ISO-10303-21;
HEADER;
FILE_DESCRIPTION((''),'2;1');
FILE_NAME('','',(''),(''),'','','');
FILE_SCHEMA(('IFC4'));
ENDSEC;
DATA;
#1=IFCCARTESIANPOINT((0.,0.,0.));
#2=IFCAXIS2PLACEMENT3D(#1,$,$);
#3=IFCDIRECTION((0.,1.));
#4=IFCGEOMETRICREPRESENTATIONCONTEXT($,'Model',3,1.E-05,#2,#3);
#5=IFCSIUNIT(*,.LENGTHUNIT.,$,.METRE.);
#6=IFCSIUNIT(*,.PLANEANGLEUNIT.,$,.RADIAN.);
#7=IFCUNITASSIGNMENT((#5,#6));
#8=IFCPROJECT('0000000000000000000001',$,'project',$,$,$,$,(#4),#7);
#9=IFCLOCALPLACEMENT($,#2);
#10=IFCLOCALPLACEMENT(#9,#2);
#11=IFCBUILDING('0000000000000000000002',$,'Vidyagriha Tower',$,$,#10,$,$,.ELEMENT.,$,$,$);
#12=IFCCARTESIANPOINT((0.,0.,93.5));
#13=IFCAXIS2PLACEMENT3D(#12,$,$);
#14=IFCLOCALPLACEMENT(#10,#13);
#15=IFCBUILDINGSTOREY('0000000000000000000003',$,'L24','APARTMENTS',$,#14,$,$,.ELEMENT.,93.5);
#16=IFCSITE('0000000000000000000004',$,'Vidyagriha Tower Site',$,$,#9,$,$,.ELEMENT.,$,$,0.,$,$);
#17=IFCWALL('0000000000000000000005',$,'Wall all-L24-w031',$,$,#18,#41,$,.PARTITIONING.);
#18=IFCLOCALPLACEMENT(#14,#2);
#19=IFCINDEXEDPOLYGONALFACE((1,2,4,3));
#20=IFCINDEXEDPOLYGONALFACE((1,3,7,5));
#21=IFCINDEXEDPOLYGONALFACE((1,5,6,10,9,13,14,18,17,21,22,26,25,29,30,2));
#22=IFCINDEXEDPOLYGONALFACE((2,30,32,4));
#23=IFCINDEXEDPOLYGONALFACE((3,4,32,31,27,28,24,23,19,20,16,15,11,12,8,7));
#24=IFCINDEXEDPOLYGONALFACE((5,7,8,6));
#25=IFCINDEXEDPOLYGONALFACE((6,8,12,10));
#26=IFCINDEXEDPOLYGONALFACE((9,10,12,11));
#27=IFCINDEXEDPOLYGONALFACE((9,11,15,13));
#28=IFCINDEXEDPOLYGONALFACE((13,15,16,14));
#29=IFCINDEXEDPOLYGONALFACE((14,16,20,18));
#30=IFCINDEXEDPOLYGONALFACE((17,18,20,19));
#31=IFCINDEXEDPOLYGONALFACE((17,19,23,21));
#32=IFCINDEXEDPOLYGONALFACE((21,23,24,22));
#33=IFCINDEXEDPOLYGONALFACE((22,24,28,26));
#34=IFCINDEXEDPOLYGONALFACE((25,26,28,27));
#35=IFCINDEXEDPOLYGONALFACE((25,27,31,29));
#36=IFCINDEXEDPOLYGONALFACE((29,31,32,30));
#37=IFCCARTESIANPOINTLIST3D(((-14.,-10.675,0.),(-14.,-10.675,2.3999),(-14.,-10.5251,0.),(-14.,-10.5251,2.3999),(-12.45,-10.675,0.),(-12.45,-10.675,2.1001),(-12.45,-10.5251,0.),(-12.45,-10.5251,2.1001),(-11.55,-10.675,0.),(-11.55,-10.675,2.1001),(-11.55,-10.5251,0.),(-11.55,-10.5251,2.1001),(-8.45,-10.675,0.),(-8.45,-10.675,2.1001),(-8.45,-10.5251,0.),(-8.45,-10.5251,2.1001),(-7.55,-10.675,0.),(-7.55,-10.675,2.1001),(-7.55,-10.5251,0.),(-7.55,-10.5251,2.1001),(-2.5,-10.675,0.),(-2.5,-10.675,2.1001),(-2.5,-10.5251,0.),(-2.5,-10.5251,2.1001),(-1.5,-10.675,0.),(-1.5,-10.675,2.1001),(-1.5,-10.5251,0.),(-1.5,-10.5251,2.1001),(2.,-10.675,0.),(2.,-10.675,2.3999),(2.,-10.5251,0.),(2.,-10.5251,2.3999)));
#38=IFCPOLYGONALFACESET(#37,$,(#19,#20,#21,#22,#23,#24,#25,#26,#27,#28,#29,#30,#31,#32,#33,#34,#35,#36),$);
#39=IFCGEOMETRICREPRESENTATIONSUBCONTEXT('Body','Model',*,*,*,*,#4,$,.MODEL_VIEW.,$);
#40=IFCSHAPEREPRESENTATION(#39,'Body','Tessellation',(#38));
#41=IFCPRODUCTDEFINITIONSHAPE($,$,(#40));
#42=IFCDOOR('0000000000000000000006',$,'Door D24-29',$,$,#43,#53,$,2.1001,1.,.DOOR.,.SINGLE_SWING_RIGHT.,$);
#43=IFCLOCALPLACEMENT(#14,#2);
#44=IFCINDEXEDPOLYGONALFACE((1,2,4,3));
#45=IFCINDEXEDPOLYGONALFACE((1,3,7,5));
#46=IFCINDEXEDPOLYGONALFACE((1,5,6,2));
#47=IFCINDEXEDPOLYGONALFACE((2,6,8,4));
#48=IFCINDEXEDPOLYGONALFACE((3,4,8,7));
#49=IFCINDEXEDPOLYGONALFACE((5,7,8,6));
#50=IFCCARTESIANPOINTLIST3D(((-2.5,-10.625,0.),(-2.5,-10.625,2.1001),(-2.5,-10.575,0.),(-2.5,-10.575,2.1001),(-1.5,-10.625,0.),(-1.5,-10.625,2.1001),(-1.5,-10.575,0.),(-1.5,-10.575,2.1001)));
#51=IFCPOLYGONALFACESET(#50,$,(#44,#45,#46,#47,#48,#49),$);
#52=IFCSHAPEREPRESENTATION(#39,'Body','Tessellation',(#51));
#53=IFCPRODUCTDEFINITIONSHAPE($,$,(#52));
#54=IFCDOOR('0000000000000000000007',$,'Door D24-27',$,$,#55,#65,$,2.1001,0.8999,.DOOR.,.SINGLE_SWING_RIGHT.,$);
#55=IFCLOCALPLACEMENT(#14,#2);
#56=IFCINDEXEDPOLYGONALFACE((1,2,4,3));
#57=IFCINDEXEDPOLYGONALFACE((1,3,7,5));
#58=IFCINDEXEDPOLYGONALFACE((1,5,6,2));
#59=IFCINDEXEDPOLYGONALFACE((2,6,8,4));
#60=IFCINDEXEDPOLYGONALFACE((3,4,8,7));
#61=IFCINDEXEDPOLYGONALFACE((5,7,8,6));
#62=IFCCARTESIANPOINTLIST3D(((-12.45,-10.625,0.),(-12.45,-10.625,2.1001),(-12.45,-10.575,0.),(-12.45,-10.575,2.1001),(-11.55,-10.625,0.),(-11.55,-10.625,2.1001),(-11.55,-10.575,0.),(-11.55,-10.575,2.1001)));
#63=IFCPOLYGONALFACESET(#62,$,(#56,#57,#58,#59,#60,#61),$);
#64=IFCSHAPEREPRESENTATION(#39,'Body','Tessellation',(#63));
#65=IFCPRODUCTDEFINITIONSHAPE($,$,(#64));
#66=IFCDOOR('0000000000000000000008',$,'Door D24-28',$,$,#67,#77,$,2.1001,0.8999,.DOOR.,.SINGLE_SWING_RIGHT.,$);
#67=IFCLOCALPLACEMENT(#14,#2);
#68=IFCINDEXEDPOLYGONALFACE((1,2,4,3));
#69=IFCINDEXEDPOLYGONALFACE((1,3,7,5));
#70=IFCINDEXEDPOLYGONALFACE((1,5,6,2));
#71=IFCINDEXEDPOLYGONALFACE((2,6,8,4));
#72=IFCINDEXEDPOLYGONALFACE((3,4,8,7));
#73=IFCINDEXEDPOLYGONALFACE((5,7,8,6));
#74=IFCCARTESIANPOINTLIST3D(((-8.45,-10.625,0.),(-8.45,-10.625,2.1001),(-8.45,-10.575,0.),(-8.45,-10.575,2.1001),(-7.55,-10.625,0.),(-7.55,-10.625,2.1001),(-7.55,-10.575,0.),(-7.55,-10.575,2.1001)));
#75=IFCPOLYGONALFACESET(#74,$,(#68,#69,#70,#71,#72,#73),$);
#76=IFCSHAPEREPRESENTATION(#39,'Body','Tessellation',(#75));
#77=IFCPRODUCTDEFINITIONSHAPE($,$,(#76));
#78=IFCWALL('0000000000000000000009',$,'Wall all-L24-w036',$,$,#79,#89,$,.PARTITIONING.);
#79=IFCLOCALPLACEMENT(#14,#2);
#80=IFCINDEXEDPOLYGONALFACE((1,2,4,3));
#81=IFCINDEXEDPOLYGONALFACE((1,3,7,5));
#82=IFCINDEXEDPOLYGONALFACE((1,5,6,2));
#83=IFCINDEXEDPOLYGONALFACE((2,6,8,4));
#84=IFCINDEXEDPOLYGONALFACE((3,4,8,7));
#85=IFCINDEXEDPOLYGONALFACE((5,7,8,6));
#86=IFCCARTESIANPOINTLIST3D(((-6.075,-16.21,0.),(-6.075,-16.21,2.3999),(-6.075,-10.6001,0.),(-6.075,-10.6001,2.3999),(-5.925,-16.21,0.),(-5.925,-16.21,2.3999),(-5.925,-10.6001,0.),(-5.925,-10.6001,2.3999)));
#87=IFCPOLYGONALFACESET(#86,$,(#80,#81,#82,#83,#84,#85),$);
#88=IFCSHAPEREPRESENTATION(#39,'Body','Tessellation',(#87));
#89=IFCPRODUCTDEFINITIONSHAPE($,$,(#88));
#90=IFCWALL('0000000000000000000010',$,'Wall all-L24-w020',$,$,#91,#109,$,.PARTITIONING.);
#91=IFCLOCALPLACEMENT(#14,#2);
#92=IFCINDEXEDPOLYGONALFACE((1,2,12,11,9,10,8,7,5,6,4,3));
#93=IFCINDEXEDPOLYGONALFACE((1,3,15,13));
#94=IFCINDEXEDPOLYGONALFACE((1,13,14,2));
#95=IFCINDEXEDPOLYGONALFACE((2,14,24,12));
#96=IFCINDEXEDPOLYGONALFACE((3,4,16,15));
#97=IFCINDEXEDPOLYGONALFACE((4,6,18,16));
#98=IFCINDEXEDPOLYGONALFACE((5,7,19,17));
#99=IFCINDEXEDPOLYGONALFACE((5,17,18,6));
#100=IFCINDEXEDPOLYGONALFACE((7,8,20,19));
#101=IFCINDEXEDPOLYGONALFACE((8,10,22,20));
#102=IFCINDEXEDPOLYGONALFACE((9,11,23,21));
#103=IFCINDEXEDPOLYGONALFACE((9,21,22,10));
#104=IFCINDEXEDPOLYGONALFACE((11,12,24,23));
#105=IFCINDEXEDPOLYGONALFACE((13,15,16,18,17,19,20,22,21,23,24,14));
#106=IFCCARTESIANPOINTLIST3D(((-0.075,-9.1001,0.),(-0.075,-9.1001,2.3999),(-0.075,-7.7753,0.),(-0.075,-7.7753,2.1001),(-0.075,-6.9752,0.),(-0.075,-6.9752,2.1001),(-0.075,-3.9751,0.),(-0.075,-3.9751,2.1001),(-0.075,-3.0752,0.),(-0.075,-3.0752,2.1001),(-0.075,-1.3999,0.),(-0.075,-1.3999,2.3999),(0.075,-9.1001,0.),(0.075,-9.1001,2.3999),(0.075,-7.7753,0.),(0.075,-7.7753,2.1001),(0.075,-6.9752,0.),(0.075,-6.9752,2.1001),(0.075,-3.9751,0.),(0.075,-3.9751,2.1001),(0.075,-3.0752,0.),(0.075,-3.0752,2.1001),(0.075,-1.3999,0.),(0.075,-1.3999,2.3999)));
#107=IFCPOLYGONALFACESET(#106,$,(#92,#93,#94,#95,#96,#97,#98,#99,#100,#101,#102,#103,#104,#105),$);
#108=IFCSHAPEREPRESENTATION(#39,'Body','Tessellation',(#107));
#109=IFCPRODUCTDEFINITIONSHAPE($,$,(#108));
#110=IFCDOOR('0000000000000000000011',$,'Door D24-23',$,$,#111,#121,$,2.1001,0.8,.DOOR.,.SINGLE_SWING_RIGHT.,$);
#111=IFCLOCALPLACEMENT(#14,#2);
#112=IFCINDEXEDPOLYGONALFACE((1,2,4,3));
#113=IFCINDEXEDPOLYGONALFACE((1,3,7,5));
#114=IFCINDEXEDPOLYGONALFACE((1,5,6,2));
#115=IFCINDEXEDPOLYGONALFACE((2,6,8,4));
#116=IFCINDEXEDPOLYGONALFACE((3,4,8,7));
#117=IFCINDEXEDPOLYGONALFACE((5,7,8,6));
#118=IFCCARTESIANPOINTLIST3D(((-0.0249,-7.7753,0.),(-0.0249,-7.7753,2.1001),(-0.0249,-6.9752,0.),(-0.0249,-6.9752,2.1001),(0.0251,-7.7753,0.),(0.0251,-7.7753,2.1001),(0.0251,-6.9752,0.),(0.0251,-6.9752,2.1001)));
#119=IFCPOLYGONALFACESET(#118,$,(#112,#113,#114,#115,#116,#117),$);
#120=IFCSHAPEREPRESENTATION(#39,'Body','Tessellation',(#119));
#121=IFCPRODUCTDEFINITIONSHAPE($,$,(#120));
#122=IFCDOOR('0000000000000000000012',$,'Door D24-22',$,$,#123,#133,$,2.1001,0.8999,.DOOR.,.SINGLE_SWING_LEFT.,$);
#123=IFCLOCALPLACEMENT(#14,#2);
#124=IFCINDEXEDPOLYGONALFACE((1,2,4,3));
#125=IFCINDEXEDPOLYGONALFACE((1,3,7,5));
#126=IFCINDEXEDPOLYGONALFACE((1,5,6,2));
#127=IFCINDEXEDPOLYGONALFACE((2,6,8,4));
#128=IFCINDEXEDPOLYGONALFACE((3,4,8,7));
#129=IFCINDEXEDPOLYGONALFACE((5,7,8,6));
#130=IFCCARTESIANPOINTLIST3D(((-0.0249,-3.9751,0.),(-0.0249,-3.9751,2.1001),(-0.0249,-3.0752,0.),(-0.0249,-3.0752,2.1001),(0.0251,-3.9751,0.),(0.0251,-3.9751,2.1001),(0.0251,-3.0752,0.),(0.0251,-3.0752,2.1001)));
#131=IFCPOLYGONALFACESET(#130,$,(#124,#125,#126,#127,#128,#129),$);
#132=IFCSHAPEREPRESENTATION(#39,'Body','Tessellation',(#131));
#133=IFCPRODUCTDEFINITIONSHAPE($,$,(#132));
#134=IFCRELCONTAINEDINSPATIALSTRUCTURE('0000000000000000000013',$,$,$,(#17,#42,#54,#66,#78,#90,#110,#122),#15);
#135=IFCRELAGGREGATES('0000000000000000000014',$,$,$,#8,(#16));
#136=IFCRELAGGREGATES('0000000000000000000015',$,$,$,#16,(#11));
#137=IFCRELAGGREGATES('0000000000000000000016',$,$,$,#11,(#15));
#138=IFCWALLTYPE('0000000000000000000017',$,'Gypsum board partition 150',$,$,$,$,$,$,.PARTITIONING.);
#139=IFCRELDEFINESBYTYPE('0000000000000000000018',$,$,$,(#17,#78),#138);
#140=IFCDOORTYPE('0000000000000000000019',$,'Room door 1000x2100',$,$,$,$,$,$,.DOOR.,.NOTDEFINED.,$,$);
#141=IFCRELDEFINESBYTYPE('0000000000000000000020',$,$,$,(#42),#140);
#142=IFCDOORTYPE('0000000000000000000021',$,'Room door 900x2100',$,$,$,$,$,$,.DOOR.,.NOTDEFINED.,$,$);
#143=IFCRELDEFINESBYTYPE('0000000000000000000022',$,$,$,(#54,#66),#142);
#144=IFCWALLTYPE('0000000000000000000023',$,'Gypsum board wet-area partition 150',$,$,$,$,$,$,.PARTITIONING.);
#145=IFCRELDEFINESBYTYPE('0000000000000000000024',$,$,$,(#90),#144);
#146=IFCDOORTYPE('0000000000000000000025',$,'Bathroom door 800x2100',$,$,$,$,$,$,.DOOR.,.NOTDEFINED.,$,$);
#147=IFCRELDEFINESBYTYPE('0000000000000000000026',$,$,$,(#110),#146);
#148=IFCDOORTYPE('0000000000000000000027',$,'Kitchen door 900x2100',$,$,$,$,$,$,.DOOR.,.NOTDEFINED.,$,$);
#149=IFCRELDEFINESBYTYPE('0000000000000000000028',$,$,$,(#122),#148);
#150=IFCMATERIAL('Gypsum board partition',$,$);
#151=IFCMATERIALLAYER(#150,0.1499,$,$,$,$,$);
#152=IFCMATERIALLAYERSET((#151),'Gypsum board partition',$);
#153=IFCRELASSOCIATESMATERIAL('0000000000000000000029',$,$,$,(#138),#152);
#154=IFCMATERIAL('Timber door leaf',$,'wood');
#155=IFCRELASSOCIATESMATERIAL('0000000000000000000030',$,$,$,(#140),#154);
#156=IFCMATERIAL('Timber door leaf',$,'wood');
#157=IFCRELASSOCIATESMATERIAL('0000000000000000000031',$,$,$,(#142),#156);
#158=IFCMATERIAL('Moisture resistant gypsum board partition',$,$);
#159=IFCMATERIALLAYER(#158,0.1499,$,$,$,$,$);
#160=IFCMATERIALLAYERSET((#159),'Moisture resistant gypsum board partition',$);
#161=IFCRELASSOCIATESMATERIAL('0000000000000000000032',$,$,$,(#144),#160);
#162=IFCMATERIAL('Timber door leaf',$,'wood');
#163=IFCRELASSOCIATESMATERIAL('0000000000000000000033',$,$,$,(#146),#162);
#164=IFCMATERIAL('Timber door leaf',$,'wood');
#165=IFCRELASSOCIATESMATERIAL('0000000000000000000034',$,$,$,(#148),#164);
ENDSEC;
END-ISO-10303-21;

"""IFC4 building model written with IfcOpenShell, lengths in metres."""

from ifc_helpers import new_model, si_unit, direction, frame, frame_2d, origin, place, context, subcontext, project, spatial, rectangle, extrude, material, layer, layer_set, type_object, element, fill, save


model = new_model("IFC4")

# Units and contexts
model_context = context("Model", 3, precision=1e-05, world=origin(), true_north=direction((0.0, 1.0)))
body_context = subcontext(model_context, "Body", "Model", "MODEL_VIEW")
ifc_project = project(units=[si_unit("LENGTHUNIT", "METRE"), si_unit("PLANEANGLEUNIT", "RADIAN")], contexts=[model_context])

# Site, building, storey
site_placement = place(None, origin())
site = spatial("IfcSite", under=ifc_project, at=site_placement, Name="Vidyagriha Tower Site", CompositionType="ELEMENT", RefElevation=0.0)
building_placement = place(site_placement, origin())
building = spatial("IfcBuilding", under=site, at=building_placement, Name="Vidyagriha Tower", CompositionType="ELEMENT")
storey_placement = place(building_placement, frame((0.0, 0.0, 93.5)))
storey = spatial("IfcBuildingStorey", under=building, at=storey_placement, Name="L24", Description="APARTMENTS", CompositionType="ELEMENT", Elevation=93.5)

# Shared definitions
ifc_material_1 = material(Name="Gypsum board partition")
ifc_layer_1 = layer(ifc_material_1, 0.1499)
ifc_layer_set_1 = layer_set([ifc_layer_1], Name="Gypsum board partition")
wall_type_1 = type_object("IfcWallType", Name="Gypsum board partition 150", PredefinedType="PARTITIONING", material=ifc_layer_set_1)

# Wall, openings, doors
wall_1_placement = place(storey_placement, frame((2.0, -10.6001, 0.0), z_axis=(0.0, 0.0, 1.0), x_axis=(-1.0, 0.0, 0.0)))
wall_1 = element("IfcWall", 1, at=wall_1_placement, inside=storey, type_object=wall_type_1, Name="Wall all-L24-w031", PredefinedType="PARTITIONING", context=body_context, shape_type="SweptSolid", body=[
    extrude(rectangle(XDim=16.0, YDim=0.1499, at=frame_2d((8.0, 0.0))), origin(), (0.0, 0.0, 1.0), 2.3999),
])
opening_1_placement = place(wall_1_placement, frame((13.55, 0.0, 0.0)))
opening_1 = element("IfcOpeningElement", 2, at=opening_1_placement, cuts=wall_1, PredefinedType="OPENING", context=body_context, shape_type="SweptSolid", body=[
    extrude(rectangle(XDim=0.8999, YDim=2.1001, at=frame_2d((0.45, 1.05))), frame((0.0, 0.085, 0.0), z_axis=(0.0, -1.0, 0.0), x_axis=(1.0, 0.0, 0.0)), (0.0, 0.0, 1.0), 0.1699),
])
opening_2_placement = place(wall_1_placement, frame((9.55, 0.0, 0.0)))
opening_2 = element("IfcOpeningElement", 3, at=opening_2_placement, cuts=wall_1, PredefinedType="OPENING", context=body_context, shape_type="SweptSolid", body=[
    extrude(rectangle(XDim=0.8999, YDim=2.1001, at=frame_2d((0.45, 1.05))), frame((0.0, 0.085, 0.0), z_axis=(0.0, -1.0, 0.0), x_axis=(1.0, 0.0, 0.0)), (0.0, 0.0, 1.0), 0.1699),
])
opening_3_placement = place(wall_1_placement, frame((3.5, 0.0, 0.0)))
opening_3 = element("IfcOpeningElement", 4, at=opening_3_placement, cuts=wall_1, PredefinedType="OPENING", context=body_context, shape_type="SweptSolid", body=[
    extrude(rectangle(XDim=1.0, YDim=2.1001, at=frame_2d((0.5, 1.05))), frame((0.0, 0.085, 0.0), z_axis=(0.0, -1.0, 0.0), x_axis=(1.0, 0.0, 0.0)), (0.0, 0.0, 1.0), 0.1699),
])
ifc_material_2 = material(Name="Timber door leaf", Category="wood")
door_type_1 = type_object("IfcDoorType", Name="Room door 1000x2100", OperationType="NOTDEFINED", PredefinedType="DOOR", material=ifc_material_2)
door_1_placement = place(opening_3_placement, origin())
door_1 = element("IfcDoor", 5, at=door_1_placement, inside=storey, type_object=door_type_1, Name="Door D24-29", OperationType="SINGLE_SWING_RIGHT", OverallHeight=2.1001, OverallWidth=1.0, PredefinedType="DOOR", context=body_context, shape_type="SweptSolid", body=[
    extrude(rectangle(XDim=1.0, YDim=2.1001, at=frame_2d((0.5, 1.05))), frame((0.0, 0.0249, 0.0), z_axis=(0.0, -1.0, 0.0), x_axis=(1.0, 0.0, 0.0)), (0.0, 0.0, 1.0), 0.05),
])
fill(opening_3, door_1)
ifc_material_3 = material(Name="Timber door leaf", Category="wood")
door_type_2 = type_object("IfcDoorType", Name="Room door 900x2100", OperationType="NOTDEFINED", PredefinedType="DOOR", material=ifc_material_3)
door_2_placement = place(opening_1_placement, origin())
door_2 = element("IfcDoor", 6, at=door_2_placement, inside=storey, type_object=door_type_2, Name="Door D24-27", OperationType="SINGLE_SWING_RIGHT", OverallHeight=2.1001, OverallWidth=0.8999, PredefinedType="DOOR", context=body_context, shape_type="SweptSolid", body=[
    extrude(rectangle(XDim=0.8999, YDim=2.1001, at=frame_2d((0.45, 1.05))), frame((0.0, 0.0249, 0.0), z_axis=(0.0, -1.0, 0.0), x_axis=(1.0, 0.0, 0.0)), (0.0, 0.0, 1.0), 0.05),
])
fill(opening_1, door_2)
door_3_placement = place(opening_2_placement, origin())
door_3 = element("IfcDoor", 7, at=door_3_placement, inside=storey, type_object=door_type_2, Name="Door D24-28", OperationType="SINGLE_SWING_RIGHT", OverallHeight=2.1001, OverallWidth=0.8999, PredefinedType="DOOR", context=body_context, shape_type="SweptSolid", body=[
    extrude(rectangle(XDim=0.8999, YDim=2.1001, at=frame_2d((0.45, 1.05))), frame((0.0, 0.0249, 0.0), z_axis=(0.0, -1.0, 0.0), x_axis=(1.0, 0.0, 0.0)), (0.0, 0.0, 1.0), 0.05),
])
fill(opening_2, door_3)

# Wall
wall_2_placement = place(storey_placement, frame((-6.0, -10.6001, 0.0), z_axis=(0.0, 0.0, 1.0), x_axis=(0.0, -1.0, 0.0)))
element("IfcWall", 8, at=wall_2_placement, inside=storey, type_object=wall_type_1, Name="Wall all-L24-w036", PredefinedType="PARTITIONING", context=body_context, shape_type="SweptSolid", body=[
    extrude(rectangle(XDim=5.6099, YDim=0.1499, at=frame_2d((2.8049, 0.0))), origin(), (0.0, 0.0, 1.0), 2.3999),
])

# Wall, openings, doors
ifc_material_4 = material(Name="Moisture resistant gypsum board partition")
ifc_layer_2 = layer(ifc_material_4, 0.1499)
ifc_layer_set_2 = layer_set([ifc_layer_2], Name="Moisture resistant gypsum board partition")
wall_type_2 = type_object("IfcWallType", Name="Gypsum board wet-area partition 150", PredefinedType="PARTITIONING", material=ifc_layer_set_2)
wall_3_placement = place(storey_placement, frame((0.0, -9.1001, 0.0), z_axis=(0.0, 0.0, 1.0), x_axis=(0.0, 1.0, 0.0)))
wall_3 = element("IfcWall", 9, at=wall_3_placement, inside=storey, type_object=wall_type_2, Name="Wall all-L24-w020", PredefinedType="PARTITIONING", context=body_context, shape_type="SweptSolid", body=[
    extrude(rectangle(XDim=7.7002, YDim=0.1499, at=frame_2d((3.8501, 0.0))), origin(), (0.0, 0.0, 1.0), 2.3999),
])
opening_4_placement = place(wall_3_placement, frame((5.125, 0.0, 0.0)))
opening_4 = element("IfcOpeningElement", 10, at=opening_4_placement, cuts=wall_3, PredefinedType="OPENING", context=body_context, shape_type="SweptSolid", body=[
    extrude(rectangle(XDim=0.8999, YDim=2.1001, at=frame_2d((0.45, 1.05))), frame((0.0, 0.085, 0.0), z_axis=(0.0, -1.0, 0.0), x_axis=(1.0, 0.0, 0.0)), (0.0, 0.0, 1.0), 0.1699),
])
opening_5_placement = place(wall_3_placement, frame((1.325, 0.0, 0.0)))
opening_5 = element("IfcOpeningElement", 11, at=opening_5_placement, cuts=wall_3, PredefinedType="OPENING", context=body_context, shape_type="SweptSolid", body=[
    extrude(rectangle(XDim=0.8, YDim=2.1001, at=frame_2d((0.3999, 1.05))), frame((0.0, 0.085, 0.0), z_axis=(0.0, -1.0, 0.0), x_axis=(1.0, 0.0, 0.0)), (0.0, 0.0, 1.0), 0.1699),
])
ifc_material_5 = material(Name="Timber door leaf", Category="wood")
door_type_3 = type_object("IfcDoorType", Name="Bathroom door 800x2100", OperationType="NOTDEFINED", PredefinedType="DOOR", material=ifc_material_5)
door_4_placement = place(opening_5_placement, origin())
door_4 = element("IfcDoor", 12, at=door_4_placement, inside=storey, type_object=door_type_3, Name="Door D24-23", OperationType="SINGLE_SWING_RIGHT", OverallHeight=2.1001, OverallWidth=0.8, PredefinedType="DOOR", context=body_context, shape_type="SweptSolid", body=[
    extrude(rectangle(XDim=0.8, YDim=2.1001, at=frame_2d((0.3999, 1.05))), frame((0.0, 0.0249, 0.0), z_axis=(0.0, -1.0, 0.0), x_axis=(1.0, 0.0, 0.0)), (0.0, 0.0, 1.0), 0.05),
])
fill(opening_5, door_4)
ifc_material_6 = material(Name="Timber door leaf", Category="wood")
door_type_4 = type_object("IfcDoorType", Name="Kitchen door 900x2100", OperationType="NOTDEFINED", PredefinedType="DOOR", material=ifc_material_6)
door_5_placement = place(opening_4_placement, origin())
door_5 = element("IfcDoor", 13, at=door_5_placement, inside=storey, type_object=door_type_4, Name="Door D24-22", OperationType="SINGLE_SWING_LEFT", OverallHeight=2.1001, OverallWidth=0.8999, PredefinedType="DOOR", context=body_context, shape_type="SweptSolid", body=[
    extrude(rectangle(XDim=0.8999, YDim=2.1001, at=frame_2d((0.45, 1.05))), frame((0.0, 0.0249, 0.0), z_axis=(0.0, -1.0, 0.0), x_axis=(1.0, 0.0, 0.0)), (0.0, 0.0, 1.0), 0.05),
])
fill(opening_4, door_5)

save(model, "model.ifc")
